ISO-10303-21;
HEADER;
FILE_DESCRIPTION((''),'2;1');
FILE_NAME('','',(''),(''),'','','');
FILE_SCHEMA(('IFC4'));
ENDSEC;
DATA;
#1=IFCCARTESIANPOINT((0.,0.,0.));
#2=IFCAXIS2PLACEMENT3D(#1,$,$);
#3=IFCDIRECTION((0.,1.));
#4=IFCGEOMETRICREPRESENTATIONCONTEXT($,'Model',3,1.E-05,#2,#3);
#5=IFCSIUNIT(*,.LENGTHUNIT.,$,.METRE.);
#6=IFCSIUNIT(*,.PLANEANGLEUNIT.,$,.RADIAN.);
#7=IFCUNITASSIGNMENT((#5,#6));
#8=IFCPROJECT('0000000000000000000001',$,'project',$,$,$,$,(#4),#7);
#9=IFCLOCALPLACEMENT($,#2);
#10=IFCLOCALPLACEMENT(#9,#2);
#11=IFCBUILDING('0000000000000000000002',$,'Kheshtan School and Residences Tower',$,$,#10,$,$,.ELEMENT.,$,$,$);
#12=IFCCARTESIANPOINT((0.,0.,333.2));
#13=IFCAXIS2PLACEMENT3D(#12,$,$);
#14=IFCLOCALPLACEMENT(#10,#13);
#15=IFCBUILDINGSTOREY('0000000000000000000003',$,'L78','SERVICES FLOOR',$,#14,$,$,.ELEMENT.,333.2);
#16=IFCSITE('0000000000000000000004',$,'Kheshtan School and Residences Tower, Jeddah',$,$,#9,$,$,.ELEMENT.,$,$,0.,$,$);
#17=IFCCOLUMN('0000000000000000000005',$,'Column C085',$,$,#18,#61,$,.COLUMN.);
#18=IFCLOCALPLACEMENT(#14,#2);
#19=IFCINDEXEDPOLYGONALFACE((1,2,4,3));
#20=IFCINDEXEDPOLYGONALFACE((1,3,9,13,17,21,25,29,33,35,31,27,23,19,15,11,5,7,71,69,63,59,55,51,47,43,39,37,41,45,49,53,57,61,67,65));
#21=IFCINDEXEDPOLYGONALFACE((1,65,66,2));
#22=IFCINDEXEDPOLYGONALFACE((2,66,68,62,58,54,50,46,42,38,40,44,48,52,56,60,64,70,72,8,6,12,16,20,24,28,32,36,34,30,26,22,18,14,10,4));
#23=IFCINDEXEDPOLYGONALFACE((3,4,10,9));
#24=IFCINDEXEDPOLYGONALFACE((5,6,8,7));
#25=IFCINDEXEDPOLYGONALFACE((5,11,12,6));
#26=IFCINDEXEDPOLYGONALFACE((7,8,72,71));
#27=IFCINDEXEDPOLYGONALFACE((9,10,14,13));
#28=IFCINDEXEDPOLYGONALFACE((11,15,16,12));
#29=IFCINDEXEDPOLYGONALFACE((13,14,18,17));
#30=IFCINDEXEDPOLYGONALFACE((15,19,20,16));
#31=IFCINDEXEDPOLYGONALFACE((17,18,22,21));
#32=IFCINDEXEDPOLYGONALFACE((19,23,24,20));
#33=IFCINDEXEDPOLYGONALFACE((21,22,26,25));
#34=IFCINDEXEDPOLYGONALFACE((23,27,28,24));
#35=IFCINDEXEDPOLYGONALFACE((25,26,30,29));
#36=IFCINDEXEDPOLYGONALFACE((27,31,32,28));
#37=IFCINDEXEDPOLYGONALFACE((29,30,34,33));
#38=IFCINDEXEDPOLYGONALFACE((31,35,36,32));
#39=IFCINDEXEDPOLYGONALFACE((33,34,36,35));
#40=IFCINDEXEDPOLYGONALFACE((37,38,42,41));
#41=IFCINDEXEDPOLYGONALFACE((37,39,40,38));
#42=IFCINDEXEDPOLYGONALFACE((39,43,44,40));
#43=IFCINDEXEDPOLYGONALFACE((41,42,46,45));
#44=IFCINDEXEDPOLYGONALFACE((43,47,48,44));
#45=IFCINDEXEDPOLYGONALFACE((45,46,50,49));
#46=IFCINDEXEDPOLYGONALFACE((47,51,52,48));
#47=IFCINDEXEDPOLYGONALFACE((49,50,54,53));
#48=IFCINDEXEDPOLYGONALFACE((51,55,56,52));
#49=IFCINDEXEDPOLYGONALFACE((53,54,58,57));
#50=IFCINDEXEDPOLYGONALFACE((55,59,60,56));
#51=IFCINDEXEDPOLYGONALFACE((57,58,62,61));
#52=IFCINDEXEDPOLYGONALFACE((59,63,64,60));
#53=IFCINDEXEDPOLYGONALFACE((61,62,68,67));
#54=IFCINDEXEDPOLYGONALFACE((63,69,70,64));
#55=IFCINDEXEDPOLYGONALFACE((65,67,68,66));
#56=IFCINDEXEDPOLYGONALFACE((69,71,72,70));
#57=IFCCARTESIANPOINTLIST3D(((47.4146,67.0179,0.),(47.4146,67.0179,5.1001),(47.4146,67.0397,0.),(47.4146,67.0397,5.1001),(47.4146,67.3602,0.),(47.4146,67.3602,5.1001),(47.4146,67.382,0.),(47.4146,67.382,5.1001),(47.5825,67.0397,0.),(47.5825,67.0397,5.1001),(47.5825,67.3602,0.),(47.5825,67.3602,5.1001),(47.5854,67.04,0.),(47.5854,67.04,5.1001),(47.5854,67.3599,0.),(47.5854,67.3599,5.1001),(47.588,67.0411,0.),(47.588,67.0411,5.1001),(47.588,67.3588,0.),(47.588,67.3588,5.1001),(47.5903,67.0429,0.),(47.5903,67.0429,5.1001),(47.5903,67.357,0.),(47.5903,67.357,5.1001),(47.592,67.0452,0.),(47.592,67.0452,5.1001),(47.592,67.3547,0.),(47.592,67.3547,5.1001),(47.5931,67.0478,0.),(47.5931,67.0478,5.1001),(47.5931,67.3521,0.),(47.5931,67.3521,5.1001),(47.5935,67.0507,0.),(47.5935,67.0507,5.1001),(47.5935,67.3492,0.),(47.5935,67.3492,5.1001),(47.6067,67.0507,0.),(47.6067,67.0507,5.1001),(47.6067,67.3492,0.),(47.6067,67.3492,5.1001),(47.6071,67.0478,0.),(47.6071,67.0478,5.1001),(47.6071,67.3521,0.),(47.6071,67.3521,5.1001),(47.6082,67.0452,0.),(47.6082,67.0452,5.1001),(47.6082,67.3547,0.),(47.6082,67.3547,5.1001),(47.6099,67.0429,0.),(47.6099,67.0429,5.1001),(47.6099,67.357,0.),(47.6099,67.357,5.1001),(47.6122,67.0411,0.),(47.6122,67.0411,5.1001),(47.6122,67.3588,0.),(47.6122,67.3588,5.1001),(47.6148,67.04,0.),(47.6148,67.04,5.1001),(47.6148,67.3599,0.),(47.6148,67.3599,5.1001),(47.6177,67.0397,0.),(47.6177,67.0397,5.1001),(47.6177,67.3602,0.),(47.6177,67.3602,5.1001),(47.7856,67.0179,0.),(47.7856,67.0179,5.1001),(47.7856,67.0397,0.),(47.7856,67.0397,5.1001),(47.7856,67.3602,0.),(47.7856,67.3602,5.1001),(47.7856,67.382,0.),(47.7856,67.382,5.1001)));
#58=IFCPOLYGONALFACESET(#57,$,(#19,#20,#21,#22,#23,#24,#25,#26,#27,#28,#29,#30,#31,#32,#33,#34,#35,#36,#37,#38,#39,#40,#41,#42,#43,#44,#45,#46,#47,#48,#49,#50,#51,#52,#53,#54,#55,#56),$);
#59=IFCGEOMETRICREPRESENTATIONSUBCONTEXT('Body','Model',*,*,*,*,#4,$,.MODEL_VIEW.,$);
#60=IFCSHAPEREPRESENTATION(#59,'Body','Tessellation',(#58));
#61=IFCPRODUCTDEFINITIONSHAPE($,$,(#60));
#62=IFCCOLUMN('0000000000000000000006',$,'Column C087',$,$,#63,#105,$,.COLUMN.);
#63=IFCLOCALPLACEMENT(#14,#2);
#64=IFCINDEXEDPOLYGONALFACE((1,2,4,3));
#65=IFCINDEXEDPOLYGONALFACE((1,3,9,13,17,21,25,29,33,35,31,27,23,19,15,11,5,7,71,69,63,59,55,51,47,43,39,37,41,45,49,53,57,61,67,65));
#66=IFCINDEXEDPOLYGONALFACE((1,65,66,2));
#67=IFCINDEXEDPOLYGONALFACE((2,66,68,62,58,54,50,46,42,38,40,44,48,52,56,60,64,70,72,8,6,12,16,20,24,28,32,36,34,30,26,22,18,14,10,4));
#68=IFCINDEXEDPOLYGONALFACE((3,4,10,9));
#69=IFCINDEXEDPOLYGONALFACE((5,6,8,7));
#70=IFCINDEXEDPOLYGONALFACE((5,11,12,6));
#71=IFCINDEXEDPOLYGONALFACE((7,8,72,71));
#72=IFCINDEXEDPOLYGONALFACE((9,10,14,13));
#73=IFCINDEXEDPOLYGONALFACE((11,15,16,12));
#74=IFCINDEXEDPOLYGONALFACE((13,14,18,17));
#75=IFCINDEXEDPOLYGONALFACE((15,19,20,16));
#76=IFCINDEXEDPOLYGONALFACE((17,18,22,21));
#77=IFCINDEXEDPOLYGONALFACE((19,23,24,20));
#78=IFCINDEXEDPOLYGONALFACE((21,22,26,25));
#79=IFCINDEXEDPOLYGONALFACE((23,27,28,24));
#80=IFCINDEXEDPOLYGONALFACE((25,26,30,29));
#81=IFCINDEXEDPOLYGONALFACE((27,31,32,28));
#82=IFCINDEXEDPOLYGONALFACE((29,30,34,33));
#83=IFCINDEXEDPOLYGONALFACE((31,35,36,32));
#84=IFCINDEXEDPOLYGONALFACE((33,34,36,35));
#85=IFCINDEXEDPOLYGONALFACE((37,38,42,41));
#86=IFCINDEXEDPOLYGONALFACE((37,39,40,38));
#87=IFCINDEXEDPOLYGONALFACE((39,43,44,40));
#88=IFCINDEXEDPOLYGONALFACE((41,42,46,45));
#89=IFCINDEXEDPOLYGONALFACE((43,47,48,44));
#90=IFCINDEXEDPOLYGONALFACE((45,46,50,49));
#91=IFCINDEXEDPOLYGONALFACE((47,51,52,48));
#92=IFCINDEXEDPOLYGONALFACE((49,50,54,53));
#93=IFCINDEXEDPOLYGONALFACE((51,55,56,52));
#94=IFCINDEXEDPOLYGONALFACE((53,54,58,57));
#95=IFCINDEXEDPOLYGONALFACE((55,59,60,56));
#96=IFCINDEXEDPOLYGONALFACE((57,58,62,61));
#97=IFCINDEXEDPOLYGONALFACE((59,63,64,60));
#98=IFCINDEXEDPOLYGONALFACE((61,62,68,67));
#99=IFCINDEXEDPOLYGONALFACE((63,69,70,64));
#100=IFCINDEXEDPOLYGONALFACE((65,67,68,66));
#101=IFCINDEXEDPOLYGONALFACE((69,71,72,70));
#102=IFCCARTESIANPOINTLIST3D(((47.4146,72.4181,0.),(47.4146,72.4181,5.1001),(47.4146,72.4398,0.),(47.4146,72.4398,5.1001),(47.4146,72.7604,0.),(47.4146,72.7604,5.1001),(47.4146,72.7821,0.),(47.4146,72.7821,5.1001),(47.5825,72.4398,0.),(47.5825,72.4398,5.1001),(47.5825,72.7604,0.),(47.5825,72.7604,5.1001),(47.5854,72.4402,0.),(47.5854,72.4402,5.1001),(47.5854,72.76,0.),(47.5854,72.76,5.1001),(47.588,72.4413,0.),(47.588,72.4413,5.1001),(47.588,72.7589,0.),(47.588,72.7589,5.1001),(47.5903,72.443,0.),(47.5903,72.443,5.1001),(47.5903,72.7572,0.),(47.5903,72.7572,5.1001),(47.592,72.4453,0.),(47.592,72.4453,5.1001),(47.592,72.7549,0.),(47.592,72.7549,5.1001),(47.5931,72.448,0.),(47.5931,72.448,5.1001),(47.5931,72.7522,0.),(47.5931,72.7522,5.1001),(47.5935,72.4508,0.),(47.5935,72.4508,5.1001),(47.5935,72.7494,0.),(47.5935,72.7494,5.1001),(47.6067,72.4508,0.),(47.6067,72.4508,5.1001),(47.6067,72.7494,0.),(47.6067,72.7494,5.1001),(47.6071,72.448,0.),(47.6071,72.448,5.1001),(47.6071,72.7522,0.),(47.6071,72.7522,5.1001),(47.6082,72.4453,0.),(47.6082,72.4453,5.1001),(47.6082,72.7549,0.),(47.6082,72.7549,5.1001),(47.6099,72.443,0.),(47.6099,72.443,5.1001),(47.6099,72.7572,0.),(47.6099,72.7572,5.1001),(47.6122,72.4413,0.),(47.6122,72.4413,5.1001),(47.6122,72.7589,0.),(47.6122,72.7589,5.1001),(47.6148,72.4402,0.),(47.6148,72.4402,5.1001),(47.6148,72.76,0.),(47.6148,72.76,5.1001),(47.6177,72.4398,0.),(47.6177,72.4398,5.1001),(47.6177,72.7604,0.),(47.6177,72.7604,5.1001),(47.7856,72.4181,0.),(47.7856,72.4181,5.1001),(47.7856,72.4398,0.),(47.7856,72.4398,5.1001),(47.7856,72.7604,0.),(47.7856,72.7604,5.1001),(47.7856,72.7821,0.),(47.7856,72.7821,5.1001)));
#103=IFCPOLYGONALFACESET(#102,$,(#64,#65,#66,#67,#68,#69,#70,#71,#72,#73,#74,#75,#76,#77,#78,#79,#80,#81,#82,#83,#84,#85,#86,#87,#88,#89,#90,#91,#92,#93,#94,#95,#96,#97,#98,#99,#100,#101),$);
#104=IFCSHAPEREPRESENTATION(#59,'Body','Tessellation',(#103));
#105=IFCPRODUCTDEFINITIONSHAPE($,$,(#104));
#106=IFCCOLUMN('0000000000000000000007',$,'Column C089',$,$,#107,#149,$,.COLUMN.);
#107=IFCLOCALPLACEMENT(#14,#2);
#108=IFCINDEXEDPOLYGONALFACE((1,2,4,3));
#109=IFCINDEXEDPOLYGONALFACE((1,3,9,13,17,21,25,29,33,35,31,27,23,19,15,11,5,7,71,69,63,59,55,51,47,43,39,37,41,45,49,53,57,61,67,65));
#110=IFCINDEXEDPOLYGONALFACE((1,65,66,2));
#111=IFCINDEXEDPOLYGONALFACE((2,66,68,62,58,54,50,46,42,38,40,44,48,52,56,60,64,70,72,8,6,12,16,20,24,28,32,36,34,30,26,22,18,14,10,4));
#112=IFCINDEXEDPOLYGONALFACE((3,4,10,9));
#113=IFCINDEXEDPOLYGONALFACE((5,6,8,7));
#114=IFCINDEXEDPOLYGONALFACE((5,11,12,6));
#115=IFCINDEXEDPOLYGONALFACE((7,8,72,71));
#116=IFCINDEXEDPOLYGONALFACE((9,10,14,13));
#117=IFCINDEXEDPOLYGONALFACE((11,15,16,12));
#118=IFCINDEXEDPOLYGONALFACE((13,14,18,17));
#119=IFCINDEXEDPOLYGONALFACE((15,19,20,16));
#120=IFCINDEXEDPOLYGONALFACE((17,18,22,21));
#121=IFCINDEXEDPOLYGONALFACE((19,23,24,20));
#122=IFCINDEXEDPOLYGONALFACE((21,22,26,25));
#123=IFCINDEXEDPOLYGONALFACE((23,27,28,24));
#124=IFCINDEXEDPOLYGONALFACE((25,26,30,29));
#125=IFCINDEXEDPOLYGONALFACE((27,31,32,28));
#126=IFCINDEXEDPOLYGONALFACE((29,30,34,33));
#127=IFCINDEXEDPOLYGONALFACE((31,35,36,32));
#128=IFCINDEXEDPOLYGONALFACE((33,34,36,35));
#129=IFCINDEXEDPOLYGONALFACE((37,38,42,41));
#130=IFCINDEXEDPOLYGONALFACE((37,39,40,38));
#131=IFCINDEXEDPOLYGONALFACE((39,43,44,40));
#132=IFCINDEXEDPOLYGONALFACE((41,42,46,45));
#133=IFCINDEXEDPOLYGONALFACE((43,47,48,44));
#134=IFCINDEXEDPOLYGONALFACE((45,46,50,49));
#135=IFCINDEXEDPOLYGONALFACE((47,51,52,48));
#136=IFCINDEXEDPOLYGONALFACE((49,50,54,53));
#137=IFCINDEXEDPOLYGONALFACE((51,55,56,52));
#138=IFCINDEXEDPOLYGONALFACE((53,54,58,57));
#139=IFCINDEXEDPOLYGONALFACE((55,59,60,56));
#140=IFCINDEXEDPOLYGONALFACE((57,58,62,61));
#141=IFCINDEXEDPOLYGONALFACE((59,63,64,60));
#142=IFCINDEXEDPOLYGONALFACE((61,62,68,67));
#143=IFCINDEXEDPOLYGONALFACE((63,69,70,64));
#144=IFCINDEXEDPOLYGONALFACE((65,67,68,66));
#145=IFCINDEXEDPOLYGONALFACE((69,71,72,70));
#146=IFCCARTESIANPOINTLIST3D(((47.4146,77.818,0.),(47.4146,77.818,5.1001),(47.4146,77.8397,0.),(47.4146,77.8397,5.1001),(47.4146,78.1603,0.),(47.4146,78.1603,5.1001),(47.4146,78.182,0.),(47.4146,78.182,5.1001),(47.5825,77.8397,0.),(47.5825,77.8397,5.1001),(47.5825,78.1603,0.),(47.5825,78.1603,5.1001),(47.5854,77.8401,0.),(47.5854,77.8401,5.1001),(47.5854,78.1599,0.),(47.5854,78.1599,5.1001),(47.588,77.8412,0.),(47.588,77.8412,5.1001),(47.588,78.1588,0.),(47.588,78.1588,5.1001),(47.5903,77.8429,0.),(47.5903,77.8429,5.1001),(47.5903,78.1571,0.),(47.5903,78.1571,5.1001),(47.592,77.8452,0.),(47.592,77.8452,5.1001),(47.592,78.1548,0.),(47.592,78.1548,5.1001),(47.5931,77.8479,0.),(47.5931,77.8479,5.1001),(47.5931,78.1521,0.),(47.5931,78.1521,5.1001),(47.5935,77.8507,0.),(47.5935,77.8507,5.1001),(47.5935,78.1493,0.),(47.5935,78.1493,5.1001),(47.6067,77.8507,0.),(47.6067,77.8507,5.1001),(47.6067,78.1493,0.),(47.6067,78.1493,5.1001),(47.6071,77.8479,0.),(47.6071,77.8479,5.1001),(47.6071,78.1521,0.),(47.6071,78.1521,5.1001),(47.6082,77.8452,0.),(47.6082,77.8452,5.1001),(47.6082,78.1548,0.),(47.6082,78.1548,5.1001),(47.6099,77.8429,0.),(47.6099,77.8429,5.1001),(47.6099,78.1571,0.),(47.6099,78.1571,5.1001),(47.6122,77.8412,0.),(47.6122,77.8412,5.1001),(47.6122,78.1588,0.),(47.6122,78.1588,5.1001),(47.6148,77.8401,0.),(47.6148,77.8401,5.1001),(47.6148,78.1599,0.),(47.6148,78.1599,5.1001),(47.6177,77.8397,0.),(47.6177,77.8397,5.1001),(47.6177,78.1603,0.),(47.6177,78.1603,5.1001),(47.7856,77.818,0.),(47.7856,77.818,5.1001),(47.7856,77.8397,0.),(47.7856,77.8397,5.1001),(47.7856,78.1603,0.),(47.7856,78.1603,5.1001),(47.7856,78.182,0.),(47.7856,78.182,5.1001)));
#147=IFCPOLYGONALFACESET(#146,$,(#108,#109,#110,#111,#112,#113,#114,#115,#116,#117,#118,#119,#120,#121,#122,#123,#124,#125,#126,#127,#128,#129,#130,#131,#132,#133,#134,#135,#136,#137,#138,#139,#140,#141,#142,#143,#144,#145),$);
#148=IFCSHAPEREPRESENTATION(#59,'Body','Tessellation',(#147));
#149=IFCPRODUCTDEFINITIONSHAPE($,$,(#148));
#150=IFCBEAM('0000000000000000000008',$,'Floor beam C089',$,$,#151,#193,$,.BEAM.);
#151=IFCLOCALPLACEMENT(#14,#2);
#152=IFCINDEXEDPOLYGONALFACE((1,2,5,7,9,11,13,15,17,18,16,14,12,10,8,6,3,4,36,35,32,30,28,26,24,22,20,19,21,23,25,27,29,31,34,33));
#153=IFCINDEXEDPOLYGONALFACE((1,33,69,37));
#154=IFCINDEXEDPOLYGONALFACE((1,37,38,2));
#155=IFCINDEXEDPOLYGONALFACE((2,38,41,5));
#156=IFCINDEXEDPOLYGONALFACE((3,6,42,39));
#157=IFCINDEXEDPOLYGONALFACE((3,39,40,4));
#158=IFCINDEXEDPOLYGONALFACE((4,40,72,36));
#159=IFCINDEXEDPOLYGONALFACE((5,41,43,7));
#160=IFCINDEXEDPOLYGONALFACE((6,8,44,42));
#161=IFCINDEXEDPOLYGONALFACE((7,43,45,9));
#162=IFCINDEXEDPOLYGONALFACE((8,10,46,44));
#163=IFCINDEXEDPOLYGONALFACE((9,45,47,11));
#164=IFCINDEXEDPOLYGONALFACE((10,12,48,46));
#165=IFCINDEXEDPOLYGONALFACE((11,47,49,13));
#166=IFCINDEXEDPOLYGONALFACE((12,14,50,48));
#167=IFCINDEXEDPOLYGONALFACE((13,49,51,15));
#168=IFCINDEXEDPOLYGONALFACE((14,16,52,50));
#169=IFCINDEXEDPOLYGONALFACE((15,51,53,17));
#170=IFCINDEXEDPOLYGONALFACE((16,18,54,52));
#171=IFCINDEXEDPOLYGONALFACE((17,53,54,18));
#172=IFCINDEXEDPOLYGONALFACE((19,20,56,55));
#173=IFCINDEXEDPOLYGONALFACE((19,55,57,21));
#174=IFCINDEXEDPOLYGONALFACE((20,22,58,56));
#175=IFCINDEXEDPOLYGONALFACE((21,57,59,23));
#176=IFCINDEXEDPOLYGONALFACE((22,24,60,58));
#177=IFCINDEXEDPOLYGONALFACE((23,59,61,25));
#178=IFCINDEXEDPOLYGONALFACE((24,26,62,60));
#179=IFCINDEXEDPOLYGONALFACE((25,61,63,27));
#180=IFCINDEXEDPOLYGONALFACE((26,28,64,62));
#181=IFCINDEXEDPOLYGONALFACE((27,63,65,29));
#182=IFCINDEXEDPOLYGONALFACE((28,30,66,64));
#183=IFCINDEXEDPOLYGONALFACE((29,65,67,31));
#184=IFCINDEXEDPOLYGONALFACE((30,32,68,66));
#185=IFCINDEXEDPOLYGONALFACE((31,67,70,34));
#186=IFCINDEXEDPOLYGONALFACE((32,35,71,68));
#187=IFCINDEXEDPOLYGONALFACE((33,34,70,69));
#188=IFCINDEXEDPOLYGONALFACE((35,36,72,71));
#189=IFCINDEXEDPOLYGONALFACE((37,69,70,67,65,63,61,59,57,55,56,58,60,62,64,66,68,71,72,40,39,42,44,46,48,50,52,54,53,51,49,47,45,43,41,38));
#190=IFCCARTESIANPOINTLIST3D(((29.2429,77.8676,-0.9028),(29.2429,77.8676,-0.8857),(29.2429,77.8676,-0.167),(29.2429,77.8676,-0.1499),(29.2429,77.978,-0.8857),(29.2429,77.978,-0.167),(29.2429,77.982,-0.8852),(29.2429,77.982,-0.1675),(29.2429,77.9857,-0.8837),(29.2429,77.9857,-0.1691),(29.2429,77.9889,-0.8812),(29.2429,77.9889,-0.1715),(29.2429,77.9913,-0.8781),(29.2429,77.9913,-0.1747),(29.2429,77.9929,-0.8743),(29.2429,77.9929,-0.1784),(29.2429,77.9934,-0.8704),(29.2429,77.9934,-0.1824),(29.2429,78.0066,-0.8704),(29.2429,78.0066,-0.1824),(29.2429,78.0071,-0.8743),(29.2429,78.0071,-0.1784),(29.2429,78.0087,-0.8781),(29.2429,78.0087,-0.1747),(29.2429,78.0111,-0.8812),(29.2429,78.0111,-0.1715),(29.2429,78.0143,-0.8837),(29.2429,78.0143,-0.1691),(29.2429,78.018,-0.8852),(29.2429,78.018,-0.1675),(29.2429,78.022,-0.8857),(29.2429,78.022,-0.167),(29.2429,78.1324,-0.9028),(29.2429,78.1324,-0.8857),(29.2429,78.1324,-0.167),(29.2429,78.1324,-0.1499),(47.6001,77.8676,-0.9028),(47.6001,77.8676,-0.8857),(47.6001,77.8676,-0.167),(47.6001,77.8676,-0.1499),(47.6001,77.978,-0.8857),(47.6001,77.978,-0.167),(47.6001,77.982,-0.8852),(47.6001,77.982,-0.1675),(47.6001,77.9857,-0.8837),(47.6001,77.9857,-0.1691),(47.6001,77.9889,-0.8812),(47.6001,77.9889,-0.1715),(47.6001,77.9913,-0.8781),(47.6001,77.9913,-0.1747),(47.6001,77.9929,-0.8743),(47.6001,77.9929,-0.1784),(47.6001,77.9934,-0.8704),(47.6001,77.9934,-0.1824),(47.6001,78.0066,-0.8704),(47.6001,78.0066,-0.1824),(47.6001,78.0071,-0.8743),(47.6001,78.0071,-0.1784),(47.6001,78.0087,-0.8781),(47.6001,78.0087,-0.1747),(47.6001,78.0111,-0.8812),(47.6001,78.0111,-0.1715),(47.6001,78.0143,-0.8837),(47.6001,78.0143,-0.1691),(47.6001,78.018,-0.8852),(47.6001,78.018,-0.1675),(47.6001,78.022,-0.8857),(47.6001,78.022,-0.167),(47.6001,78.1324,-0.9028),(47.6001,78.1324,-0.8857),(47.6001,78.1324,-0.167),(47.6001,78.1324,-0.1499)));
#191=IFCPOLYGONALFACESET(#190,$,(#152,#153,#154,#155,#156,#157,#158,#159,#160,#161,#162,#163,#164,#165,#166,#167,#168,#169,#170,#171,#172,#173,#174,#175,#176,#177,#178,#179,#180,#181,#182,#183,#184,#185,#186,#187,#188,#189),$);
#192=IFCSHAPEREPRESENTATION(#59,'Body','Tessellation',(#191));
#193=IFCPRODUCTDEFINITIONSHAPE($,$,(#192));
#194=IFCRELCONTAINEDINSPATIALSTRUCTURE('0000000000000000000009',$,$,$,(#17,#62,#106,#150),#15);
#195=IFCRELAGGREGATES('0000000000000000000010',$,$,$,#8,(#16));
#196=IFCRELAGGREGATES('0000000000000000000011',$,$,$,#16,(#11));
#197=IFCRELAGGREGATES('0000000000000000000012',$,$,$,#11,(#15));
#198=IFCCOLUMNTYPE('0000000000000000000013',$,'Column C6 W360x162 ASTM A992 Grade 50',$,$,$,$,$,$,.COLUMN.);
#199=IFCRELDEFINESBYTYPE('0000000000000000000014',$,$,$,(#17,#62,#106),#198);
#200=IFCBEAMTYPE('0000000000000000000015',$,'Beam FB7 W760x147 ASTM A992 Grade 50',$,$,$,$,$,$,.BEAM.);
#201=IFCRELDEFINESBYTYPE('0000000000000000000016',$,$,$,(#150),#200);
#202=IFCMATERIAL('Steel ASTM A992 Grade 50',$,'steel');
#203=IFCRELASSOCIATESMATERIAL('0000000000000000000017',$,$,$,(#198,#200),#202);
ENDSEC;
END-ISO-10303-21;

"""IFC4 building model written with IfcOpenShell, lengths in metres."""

from ifc_helpers import new_model, si_unit, direction, frame, origin, origin_2d, place, context, subcontext, project, spatial, i_section, extrude, material, material_profile, profile_set, type_object, element, save


model = new_model("IFC4")

# Units and contexts
model_context = context("Model", 3, precision=1e-05, world=origin(), true_north=direction((0.0, 1.0)))
body_context = subcontext(model_context, "Body", "Model", "MODEL_VIEW")
ifc_project = project(units=[si_unit("LENGTHUNIT", "METRE"), si_unit("PLANEANGLEUNIT", "RADIAN")], contexts=[model_context])

# Site, building, storey
site_placement = place(None, origin())
site = spatial("IfcSite", under=ifc_project, at=site_placement, Name="Kheshtan School and Residences Tower, Jeddah", CompositionType="ELEMENT", RefElevation=0.0)
building_placement = place(site_placement, origin())
building = spatial("IfcBuilding", under=site, at=building_placement, Name="Kheshtan School and Residences Tower", CompositionType="ELEMENT")
storey_placement = place(building_placement, frame((0.0, 0.0, 333.2)))
storey = spatial("IfcBuildingStorey", under=building, at=storey_placement, Name="L78", Description="SERVICES FLOOR", CompositionType="ELEMENT", Elevation=333.2)

# Columns
ifc_material_1 = material(Name="Steel ASTM A992 Grade 50", Category="steel")
ifc_material_profile_1 = material_profile(ifc_material_1, i_section(OverallWidth=0.3711, OverallDepth=0.364, WebThickness=0.0132, FlangeThickness=0.0217, FilletRadius=0.011, at=origin_2d()), Name="W360x162")
ifc_profile_set_1 = profile_set([ifc_material_profile_1], Name="Steel ASTM A992 Grade 50")
column_type = type_object("IfcColumnType", Name="Column C6 W360x162 ASTM A992 Grade 50", PredefinedType="COLUMN", material=ifc_profile_set_1)
for number, where, z_axis, x_axis, name in (
    (1, (47.6001, 67.2, 0.0), (0.0, 0.0, 1.0), (1.0, 0.0, 0.0), "Column C085"),
    (2, (47.6001, 72.6001, 0.0), (0.0, 0.0, 1.0), (1.0, 0.0, 0.0), "Column C087"),
    (3, (47.6001, 78.0, 0.0), (0.0, 0.0, 1.0), (1.0, 0.0, 0.0), "Column C089"),
):
    element("IfcColumn", number, at=place(storey_placement, frame(where, z_axis=z_axis, x_axis=x_axis)), inside=storey, type_object=column_type, Name=name, PredefinedType="COLUMN", context=body_context, shape_type="SweptSolid", body=[
        extrude(i_section(OverallWidth=0.3711, OverallDepth=0.364, WebThickness=0.0132, FlangeThickness=0.0217, FilletRadius=0.011, at=origin_2d()), origin(), (0.0, 0.0, 1.0), 5.1001),
    ])

# Beam
ifc_material_profile_2 = material_profile(ifc_material_1, i_section(OverallWidth=0.2649, OverallDepth=0.7529, WebThickness=0.0132, FlangeThickness=0.0171, FilletRadius=0.0154, at=origin_2d()), Name="W760x147")
ifc_profile_set_2 = profile_set([ifc_material_profile_2], Name="Steel ASTM A992 Grade 50")
beam_type_1 = type_object("IfcBeamType", Name="Beam FB7 W760x147 ASTM A992 Grade 50", PredefinedType="BEAM", material=ifc_profile_set_2)
beam_1_placement = place(storey_placement, frame((47.6001, 78.0, -0.5264), z_axis=(-1.0, 0.0, 0.0), x_axis=(0.0, -1.0, 0.0)))
element("IfcBeam", 4, at=beam_1_placement, inside=storey, type_object=beam_type_1, Name="Floor beam C089", PredefinedType="BEAM", context=body_context, shape_type="SweptSolid", body=[
    extrude(i_section(OverallWidth=0.2649, OverallDepth=0.7529, WebThickness=0.0132, FlangeThickness=0.0171, FilletRadius=0.0154, at=origin_2d()), origin(), (0.0, 0.0, 1.0), 18.3572),
])

save(model, "model.ifc")
